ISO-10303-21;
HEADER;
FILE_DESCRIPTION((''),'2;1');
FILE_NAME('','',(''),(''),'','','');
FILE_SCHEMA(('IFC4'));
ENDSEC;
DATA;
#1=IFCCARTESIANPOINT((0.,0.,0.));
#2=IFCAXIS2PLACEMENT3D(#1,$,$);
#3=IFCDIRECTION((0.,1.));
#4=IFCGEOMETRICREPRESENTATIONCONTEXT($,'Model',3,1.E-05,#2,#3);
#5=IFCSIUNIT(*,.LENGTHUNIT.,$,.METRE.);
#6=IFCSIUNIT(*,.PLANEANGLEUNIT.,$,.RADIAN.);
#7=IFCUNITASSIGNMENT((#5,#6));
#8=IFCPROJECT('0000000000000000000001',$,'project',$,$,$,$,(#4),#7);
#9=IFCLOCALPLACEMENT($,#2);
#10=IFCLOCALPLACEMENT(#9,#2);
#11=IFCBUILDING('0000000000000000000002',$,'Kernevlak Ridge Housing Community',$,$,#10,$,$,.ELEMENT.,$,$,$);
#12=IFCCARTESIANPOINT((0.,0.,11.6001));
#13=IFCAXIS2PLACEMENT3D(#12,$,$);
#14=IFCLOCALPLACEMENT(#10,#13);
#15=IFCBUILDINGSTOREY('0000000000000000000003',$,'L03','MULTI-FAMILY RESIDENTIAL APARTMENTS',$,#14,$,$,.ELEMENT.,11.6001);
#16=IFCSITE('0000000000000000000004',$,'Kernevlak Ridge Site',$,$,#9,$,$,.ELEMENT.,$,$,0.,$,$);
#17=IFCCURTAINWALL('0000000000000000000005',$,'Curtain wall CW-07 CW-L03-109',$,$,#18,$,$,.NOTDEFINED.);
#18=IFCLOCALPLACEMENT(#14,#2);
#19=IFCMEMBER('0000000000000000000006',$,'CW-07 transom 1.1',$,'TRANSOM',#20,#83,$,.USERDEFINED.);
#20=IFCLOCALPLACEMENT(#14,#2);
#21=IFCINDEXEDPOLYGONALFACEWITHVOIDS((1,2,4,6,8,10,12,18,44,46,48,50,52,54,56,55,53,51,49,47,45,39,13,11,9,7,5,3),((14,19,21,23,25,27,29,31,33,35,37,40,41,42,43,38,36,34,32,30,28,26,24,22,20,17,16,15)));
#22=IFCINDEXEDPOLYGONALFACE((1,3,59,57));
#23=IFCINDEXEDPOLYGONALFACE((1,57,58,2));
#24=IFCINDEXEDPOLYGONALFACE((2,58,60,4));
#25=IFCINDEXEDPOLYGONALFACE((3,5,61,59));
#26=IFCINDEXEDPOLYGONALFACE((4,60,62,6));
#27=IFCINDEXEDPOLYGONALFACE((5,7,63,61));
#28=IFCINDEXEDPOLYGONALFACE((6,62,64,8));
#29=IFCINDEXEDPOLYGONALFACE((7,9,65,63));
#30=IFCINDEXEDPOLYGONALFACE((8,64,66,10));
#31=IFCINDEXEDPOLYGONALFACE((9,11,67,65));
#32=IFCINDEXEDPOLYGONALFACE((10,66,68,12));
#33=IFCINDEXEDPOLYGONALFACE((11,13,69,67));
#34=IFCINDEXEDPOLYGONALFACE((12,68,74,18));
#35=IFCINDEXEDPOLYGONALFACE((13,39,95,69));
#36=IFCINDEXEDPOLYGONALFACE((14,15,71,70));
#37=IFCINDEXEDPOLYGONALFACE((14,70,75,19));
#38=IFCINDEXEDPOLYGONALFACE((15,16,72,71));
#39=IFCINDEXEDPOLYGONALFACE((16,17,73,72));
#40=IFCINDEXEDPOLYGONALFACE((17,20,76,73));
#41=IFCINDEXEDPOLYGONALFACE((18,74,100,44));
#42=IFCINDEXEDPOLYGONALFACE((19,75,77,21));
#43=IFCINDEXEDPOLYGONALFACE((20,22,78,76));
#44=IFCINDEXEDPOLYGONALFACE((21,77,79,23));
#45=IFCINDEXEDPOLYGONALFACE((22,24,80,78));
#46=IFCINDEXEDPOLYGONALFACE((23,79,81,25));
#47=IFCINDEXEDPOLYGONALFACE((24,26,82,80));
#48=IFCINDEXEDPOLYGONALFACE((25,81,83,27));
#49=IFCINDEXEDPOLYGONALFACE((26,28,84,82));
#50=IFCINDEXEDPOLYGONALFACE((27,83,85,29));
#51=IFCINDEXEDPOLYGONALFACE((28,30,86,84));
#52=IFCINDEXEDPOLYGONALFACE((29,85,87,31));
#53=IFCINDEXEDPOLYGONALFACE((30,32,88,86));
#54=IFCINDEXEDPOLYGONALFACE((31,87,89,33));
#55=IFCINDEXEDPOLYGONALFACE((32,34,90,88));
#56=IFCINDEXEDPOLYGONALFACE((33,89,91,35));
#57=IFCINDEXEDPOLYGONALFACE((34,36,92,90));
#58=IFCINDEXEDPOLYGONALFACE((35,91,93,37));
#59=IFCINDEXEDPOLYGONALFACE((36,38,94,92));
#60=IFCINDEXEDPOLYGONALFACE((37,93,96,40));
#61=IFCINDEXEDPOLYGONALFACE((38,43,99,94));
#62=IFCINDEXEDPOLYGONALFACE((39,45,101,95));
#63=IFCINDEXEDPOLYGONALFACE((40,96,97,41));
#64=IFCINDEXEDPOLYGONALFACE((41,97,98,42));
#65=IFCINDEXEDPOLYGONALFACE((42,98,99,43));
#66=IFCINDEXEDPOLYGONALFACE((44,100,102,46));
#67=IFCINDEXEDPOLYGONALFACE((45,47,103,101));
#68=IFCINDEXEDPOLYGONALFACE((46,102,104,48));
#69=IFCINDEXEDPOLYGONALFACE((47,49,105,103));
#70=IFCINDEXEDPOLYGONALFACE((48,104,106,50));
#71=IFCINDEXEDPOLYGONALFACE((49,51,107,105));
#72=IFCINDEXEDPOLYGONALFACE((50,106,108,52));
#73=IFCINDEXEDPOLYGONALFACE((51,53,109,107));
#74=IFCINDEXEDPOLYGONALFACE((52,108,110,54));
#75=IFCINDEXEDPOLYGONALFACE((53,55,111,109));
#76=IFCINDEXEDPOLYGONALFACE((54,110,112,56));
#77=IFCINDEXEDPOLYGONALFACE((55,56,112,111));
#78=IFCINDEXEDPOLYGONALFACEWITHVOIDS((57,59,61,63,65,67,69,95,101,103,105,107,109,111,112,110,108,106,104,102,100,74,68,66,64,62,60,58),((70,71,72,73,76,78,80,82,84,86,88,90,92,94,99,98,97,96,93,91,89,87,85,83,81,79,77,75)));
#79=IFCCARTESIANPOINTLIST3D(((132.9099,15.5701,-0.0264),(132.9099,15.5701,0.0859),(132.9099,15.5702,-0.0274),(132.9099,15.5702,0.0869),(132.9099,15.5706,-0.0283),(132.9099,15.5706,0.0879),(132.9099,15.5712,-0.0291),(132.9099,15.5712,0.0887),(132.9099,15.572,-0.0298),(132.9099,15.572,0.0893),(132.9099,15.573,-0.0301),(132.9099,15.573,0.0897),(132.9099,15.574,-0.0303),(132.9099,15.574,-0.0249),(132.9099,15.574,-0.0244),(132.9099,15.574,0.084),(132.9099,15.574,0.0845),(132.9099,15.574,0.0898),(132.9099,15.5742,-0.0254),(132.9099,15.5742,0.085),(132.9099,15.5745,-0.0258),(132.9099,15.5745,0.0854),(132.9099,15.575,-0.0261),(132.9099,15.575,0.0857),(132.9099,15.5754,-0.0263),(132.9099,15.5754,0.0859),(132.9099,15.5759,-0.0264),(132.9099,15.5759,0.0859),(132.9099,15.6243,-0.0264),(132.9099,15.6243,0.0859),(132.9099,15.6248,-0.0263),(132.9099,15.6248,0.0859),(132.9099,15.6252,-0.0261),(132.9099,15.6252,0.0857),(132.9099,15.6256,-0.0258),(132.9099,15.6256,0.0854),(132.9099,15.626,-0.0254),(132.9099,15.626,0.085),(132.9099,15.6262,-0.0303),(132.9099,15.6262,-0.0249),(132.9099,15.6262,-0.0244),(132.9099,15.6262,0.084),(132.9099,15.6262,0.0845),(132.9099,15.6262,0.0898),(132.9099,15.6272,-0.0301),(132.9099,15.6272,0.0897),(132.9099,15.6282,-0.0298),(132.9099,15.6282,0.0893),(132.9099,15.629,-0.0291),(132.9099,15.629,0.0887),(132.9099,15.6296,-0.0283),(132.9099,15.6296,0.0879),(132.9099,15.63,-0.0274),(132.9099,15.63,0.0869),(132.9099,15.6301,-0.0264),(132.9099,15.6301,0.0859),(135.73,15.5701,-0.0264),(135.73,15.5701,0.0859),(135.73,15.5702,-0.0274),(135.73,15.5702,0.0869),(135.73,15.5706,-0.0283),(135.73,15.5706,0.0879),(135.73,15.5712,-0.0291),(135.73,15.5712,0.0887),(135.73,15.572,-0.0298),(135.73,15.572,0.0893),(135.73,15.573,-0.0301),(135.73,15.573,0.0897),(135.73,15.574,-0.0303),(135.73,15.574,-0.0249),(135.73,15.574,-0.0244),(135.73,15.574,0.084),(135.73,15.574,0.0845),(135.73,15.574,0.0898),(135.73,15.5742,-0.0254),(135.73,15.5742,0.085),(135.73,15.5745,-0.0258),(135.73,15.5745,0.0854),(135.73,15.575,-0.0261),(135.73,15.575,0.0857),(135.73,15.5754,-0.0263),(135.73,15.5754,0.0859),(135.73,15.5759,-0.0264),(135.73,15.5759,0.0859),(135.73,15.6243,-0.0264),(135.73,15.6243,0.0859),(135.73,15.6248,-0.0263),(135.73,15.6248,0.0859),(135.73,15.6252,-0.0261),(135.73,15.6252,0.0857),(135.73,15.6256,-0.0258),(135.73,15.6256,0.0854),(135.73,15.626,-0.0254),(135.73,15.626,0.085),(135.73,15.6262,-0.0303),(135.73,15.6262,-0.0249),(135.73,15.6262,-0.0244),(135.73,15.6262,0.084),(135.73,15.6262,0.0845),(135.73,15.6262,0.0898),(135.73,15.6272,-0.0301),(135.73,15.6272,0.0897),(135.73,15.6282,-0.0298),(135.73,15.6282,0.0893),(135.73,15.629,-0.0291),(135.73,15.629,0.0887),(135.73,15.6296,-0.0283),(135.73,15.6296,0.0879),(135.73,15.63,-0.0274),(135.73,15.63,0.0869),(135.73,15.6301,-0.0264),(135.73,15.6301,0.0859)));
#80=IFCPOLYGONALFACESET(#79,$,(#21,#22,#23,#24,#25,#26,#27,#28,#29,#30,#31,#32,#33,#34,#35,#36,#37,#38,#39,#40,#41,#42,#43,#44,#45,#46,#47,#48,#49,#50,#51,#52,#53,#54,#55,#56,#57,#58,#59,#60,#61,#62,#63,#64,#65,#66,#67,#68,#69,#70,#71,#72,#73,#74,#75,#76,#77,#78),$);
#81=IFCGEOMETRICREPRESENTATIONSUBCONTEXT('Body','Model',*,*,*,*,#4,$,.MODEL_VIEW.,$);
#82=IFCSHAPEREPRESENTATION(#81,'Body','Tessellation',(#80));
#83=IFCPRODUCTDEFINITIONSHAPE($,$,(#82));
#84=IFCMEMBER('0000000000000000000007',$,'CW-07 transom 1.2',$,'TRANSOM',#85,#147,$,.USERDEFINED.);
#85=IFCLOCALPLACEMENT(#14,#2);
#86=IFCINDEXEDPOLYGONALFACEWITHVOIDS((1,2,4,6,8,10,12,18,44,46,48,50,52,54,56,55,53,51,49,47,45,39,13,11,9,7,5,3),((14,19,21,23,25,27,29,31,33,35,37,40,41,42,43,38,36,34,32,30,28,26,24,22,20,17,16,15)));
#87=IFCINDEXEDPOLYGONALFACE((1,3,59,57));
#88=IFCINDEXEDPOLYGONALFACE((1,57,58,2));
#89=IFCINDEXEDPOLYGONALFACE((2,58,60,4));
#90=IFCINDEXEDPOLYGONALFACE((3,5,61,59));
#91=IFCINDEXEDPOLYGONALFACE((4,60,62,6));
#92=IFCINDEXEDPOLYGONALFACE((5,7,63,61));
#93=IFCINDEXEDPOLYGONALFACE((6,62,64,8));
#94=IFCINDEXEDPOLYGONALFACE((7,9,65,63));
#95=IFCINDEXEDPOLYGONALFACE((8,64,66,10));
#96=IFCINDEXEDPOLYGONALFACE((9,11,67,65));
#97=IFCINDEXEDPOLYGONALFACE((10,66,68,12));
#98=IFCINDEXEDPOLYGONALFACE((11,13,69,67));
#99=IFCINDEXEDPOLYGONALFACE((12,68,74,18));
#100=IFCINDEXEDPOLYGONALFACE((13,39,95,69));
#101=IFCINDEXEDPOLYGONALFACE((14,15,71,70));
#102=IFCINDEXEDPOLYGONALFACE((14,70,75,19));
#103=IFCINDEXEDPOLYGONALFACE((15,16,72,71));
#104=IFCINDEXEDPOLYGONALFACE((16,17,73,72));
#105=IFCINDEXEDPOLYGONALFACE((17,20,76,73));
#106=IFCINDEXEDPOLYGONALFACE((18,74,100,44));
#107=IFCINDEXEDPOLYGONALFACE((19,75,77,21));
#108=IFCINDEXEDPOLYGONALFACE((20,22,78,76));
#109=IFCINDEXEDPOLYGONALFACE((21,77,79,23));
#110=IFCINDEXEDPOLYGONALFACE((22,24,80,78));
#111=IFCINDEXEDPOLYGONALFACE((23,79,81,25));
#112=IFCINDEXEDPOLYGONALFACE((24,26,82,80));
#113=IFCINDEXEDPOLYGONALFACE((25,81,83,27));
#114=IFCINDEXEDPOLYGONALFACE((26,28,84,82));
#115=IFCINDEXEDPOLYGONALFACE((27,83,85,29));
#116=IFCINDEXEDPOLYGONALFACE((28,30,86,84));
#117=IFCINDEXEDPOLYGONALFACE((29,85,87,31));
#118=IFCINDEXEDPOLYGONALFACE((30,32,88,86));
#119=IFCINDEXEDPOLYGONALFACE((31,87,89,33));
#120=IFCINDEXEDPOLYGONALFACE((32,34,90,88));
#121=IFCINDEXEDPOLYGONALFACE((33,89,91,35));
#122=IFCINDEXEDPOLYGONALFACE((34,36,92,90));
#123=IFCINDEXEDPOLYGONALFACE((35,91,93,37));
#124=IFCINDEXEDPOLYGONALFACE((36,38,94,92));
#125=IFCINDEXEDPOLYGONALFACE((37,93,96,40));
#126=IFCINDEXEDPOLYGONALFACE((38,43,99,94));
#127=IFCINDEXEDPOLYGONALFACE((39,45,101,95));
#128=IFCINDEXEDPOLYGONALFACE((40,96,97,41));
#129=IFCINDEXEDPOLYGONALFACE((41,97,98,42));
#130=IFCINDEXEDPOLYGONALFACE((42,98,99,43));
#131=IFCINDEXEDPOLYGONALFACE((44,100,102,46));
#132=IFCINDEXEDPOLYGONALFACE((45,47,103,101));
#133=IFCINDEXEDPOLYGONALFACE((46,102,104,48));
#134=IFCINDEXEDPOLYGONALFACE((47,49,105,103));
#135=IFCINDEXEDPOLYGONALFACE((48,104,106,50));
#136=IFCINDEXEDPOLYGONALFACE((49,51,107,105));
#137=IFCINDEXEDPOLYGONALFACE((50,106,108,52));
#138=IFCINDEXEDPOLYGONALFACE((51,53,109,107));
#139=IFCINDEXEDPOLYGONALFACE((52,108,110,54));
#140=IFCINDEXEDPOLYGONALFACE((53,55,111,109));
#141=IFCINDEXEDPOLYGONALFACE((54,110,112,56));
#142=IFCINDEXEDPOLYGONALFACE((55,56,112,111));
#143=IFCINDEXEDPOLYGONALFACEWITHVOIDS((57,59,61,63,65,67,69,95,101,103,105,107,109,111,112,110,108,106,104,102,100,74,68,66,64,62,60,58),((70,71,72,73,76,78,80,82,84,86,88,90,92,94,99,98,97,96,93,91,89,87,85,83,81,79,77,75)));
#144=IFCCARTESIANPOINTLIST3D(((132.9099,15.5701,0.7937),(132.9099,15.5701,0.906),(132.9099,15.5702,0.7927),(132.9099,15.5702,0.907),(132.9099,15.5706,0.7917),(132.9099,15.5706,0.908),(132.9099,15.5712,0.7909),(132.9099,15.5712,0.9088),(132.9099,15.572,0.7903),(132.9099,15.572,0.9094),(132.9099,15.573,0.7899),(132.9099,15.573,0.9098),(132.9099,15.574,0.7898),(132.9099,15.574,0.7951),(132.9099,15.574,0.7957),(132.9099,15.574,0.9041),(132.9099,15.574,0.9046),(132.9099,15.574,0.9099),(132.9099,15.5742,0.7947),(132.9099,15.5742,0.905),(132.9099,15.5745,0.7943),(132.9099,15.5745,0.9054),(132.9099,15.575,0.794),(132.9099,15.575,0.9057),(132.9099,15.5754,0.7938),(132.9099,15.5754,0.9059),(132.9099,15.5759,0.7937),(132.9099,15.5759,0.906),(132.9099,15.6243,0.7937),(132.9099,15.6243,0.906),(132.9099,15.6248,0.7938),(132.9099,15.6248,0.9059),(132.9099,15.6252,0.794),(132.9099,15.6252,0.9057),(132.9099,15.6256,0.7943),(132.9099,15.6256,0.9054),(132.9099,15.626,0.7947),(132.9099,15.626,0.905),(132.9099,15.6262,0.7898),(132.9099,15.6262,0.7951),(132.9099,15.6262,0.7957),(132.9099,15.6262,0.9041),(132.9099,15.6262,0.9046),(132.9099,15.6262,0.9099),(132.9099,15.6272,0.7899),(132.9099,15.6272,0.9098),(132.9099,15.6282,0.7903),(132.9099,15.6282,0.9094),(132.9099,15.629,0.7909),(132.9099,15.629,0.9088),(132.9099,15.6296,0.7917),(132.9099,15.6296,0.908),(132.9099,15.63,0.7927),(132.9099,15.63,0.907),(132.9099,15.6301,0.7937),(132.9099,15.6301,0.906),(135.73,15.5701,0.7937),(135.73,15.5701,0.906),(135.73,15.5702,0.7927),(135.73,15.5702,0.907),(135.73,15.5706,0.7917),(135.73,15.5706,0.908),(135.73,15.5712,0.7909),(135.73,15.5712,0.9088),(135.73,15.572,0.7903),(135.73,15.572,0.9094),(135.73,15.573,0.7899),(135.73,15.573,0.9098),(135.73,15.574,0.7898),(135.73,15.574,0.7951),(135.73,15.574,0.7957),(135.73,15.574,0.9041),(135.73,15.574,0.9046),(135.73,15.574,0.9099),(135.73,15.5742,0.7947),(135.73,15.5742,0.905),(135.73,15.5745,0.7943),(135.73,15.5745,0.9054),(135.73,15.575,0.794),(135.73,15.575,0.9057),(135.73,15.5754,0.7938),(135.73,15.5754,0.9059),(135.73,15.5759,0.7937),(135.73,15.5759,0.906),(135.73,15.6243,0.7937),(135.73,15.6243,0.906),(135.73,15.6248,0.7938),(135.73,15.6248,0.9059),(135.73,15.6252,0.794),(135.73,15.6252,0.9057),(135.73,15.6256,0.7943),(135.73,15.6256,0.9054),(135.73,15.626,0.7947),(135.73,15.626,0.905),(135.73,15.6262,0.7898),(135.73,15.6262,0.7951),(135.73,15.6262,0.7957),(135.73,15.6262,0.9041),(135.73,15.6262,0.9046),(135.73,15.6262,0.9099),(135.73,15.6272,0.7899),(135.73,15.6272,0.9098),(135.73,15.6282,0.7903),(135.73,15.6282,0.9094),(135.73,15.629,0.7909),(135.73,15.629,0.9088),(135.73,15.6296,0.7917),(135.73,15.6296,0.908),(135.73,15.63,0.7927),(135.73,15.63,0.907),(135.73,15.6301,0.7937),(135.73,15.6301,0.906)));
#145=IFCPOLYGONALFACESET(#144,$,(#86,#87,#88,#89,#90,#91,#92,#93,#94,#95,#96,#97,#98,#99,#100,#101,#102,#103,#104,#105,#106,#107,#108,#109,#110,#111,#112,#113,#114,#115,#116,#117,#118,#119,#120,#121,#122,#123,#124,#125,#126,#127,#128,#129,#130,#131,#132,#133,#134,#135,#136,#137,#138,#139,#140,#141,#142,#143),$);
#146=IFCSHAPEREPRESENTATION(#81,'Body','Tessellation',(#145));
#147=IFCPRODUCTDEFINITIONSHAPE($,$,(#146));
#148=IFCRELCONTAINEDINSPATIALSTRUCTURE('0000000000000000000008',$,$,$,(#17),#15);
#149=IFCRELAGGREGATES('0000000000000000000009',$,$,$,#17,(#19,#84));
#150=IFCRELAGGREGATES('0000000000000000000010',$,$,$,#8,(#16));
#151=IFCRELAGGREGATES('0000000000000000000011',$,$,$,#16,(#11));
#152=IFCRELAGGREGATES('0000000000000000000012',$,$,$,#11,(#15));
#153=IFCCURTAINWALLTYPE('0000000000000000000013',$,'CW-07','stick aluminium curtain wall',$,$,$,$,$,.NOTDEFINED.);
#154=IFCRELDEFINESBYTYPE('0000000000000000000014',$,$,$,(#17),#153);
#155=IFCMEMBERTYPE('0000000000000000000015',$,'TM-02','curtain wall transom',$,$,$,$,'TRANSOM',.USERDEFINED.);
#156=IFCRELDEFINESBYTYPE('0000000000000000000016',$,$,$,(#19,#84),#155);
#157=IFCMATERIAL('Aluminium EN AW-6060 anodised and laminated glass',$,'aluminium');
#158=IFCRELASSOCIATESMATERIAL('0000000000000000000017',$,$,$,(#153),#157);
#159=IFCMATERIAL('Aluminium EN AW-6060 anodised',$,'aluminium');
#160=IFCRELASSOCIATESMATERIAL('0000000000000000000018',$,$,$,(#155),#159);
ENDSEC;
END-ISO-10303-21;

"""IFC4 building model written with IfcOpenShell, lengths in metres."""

from ifc_helpers import new_model, si_unit, direction, frame, origin, origin_2d, place, context, subcontext, project, spatial, hollow_rectangle, extrude, material, material_profile, profile_set, type_object, element, aggregate, save


model = new_model("IFC4")

# Units and contexts
model_context = context("Model", 3, precision=1e-05, world=origin(), true_north=direction((0.0, 1.0)))
body_context = subcontext(model_context, "Body", "Model", "MODEL_VIEW")
ifc_project = project(units=[si_unit("LENGTHUNIT", "METRE"), si_unit("PLANEANGLEUNIT", "RADIAN")], contexts=[model_context])

# Site, building, storey
site_placement = place(None, origin())
site = spatial("IfcSite", under=ifc_project, at=site_placement, Name="Kernevlak Ridge Site", CompositionType="ELEMENT", RefElevation=0.0)
building_placement = place(site_placement, origin())
building = spatial("IfcBuilding", under=site, at=building_placement, Name="Kernevlak Ridge Housing Community", CompositionType="ELEMENT")
storey_placement = place(building_placement, frame((0.0, 0.0, 11.6001)))
storey = spatial("IfcBuildingStorey", under=building, at=storey_placement, Name="L03", Description="MULTI-FAMILY RESIDENTIAL APARTMENTS", CompositionType="ELEMENT", Elevation=11.6001)

# Curtain wall
ifc_material_1 = material(Name="Aluminium EN AW-6060 anodised and laminated glass", Category="aluminium")
curtain_wall_type = type_object("IfcCurtainWallType", Name="CW-07", Description="stick aluminium curtain wall", PredefinedType="NOTDEFINED", material=ifc_material_1)
curtain_wall_placement = place(storey_placement, origin())
curtain_wall = element("IfcCurtainWall", 1, at=curtain_wall_placement, inside=storey, type_object=curtain_wall_type, Name="Curtain wall CW-07 CW-L03-109", PredefinedType="NOTDEFINED")
ifc_material_2 = material(Name="Aluminium EN AW-6060 anodised", Category="aluminium")

# Members
ifc_material_profile_1 = material_profile(ifc_material_2, hollow_rectangle(XDim=0.0601, YDim=0.1201, WallThickness=0.0039, InnerFilletRadius=0.002, OuterFilletRadius=0.0039, at=origin_2d()), Name="ALU 60x120x4")
ifc_profile_set_1 = profile_set([ifc_material_profile_1], Name="Aluminium EN AW-6060 anodised")
member_type_1 = type_object("IfcMemberType", Name="TM-02", Description="curtain wall transom", ElementType="TRANSOM", PredefinedType="USERDEFINED", material=ifc_profile_set_1)
member_1_placement = place(storey_placement, frame((132.9099, 15.6001, 0.0298), z_axis=(1.0, 0.0, 0.0), x_axis=(0.0, 1.0, 0.0)))
member_1 = element("IfcMember", 2, at=member_1_placement, type_object=member_type_1, Name="CW-07 transom 1.1", ObjectType="TRANSOM", PredefinedType="USERDEFINED", context=body_context, shape_type="SweptSolid", body=[
    extrude(hollow_rectangle(XDim=0.0601, YDim=0.1201, WallThickness=0.0039, InnerFilletRadius=0.002, OuterFilletRadius=0.0039, at=origin_2d()), origin(), (0.0, 0.0, 1.0), 2.8201),
])
member_2_placement = place(storey_placement, frame((132.9099, 15.6001, 0.8499), z_axis=(1.0, 0.0, 0.0), x_axis=(0.0, 1.0, 0.0)))
member_2 = element("IfcMember", 3, at=member_2_placement, type_object=member_type_1, Name="CW-07 transom 1.2", ObjectType="TRANSOM", PredefinedType="USERDEFINED", context=body_context, shape_type="SweptSolid", body=[
    extrude(hollow_rectangle(XDim=0.0601, YDim=0.1201, WallThickness=0.0039, InnerFilletRadius=0.002, OuterFilletRadius=0.0039, at=origin_2d()), origin(), (0.0, 0.0, 1.0), 2.8201),
])

aggregate(curtain_wall, [member_1, member_2])

save(model, "model.ifc")
